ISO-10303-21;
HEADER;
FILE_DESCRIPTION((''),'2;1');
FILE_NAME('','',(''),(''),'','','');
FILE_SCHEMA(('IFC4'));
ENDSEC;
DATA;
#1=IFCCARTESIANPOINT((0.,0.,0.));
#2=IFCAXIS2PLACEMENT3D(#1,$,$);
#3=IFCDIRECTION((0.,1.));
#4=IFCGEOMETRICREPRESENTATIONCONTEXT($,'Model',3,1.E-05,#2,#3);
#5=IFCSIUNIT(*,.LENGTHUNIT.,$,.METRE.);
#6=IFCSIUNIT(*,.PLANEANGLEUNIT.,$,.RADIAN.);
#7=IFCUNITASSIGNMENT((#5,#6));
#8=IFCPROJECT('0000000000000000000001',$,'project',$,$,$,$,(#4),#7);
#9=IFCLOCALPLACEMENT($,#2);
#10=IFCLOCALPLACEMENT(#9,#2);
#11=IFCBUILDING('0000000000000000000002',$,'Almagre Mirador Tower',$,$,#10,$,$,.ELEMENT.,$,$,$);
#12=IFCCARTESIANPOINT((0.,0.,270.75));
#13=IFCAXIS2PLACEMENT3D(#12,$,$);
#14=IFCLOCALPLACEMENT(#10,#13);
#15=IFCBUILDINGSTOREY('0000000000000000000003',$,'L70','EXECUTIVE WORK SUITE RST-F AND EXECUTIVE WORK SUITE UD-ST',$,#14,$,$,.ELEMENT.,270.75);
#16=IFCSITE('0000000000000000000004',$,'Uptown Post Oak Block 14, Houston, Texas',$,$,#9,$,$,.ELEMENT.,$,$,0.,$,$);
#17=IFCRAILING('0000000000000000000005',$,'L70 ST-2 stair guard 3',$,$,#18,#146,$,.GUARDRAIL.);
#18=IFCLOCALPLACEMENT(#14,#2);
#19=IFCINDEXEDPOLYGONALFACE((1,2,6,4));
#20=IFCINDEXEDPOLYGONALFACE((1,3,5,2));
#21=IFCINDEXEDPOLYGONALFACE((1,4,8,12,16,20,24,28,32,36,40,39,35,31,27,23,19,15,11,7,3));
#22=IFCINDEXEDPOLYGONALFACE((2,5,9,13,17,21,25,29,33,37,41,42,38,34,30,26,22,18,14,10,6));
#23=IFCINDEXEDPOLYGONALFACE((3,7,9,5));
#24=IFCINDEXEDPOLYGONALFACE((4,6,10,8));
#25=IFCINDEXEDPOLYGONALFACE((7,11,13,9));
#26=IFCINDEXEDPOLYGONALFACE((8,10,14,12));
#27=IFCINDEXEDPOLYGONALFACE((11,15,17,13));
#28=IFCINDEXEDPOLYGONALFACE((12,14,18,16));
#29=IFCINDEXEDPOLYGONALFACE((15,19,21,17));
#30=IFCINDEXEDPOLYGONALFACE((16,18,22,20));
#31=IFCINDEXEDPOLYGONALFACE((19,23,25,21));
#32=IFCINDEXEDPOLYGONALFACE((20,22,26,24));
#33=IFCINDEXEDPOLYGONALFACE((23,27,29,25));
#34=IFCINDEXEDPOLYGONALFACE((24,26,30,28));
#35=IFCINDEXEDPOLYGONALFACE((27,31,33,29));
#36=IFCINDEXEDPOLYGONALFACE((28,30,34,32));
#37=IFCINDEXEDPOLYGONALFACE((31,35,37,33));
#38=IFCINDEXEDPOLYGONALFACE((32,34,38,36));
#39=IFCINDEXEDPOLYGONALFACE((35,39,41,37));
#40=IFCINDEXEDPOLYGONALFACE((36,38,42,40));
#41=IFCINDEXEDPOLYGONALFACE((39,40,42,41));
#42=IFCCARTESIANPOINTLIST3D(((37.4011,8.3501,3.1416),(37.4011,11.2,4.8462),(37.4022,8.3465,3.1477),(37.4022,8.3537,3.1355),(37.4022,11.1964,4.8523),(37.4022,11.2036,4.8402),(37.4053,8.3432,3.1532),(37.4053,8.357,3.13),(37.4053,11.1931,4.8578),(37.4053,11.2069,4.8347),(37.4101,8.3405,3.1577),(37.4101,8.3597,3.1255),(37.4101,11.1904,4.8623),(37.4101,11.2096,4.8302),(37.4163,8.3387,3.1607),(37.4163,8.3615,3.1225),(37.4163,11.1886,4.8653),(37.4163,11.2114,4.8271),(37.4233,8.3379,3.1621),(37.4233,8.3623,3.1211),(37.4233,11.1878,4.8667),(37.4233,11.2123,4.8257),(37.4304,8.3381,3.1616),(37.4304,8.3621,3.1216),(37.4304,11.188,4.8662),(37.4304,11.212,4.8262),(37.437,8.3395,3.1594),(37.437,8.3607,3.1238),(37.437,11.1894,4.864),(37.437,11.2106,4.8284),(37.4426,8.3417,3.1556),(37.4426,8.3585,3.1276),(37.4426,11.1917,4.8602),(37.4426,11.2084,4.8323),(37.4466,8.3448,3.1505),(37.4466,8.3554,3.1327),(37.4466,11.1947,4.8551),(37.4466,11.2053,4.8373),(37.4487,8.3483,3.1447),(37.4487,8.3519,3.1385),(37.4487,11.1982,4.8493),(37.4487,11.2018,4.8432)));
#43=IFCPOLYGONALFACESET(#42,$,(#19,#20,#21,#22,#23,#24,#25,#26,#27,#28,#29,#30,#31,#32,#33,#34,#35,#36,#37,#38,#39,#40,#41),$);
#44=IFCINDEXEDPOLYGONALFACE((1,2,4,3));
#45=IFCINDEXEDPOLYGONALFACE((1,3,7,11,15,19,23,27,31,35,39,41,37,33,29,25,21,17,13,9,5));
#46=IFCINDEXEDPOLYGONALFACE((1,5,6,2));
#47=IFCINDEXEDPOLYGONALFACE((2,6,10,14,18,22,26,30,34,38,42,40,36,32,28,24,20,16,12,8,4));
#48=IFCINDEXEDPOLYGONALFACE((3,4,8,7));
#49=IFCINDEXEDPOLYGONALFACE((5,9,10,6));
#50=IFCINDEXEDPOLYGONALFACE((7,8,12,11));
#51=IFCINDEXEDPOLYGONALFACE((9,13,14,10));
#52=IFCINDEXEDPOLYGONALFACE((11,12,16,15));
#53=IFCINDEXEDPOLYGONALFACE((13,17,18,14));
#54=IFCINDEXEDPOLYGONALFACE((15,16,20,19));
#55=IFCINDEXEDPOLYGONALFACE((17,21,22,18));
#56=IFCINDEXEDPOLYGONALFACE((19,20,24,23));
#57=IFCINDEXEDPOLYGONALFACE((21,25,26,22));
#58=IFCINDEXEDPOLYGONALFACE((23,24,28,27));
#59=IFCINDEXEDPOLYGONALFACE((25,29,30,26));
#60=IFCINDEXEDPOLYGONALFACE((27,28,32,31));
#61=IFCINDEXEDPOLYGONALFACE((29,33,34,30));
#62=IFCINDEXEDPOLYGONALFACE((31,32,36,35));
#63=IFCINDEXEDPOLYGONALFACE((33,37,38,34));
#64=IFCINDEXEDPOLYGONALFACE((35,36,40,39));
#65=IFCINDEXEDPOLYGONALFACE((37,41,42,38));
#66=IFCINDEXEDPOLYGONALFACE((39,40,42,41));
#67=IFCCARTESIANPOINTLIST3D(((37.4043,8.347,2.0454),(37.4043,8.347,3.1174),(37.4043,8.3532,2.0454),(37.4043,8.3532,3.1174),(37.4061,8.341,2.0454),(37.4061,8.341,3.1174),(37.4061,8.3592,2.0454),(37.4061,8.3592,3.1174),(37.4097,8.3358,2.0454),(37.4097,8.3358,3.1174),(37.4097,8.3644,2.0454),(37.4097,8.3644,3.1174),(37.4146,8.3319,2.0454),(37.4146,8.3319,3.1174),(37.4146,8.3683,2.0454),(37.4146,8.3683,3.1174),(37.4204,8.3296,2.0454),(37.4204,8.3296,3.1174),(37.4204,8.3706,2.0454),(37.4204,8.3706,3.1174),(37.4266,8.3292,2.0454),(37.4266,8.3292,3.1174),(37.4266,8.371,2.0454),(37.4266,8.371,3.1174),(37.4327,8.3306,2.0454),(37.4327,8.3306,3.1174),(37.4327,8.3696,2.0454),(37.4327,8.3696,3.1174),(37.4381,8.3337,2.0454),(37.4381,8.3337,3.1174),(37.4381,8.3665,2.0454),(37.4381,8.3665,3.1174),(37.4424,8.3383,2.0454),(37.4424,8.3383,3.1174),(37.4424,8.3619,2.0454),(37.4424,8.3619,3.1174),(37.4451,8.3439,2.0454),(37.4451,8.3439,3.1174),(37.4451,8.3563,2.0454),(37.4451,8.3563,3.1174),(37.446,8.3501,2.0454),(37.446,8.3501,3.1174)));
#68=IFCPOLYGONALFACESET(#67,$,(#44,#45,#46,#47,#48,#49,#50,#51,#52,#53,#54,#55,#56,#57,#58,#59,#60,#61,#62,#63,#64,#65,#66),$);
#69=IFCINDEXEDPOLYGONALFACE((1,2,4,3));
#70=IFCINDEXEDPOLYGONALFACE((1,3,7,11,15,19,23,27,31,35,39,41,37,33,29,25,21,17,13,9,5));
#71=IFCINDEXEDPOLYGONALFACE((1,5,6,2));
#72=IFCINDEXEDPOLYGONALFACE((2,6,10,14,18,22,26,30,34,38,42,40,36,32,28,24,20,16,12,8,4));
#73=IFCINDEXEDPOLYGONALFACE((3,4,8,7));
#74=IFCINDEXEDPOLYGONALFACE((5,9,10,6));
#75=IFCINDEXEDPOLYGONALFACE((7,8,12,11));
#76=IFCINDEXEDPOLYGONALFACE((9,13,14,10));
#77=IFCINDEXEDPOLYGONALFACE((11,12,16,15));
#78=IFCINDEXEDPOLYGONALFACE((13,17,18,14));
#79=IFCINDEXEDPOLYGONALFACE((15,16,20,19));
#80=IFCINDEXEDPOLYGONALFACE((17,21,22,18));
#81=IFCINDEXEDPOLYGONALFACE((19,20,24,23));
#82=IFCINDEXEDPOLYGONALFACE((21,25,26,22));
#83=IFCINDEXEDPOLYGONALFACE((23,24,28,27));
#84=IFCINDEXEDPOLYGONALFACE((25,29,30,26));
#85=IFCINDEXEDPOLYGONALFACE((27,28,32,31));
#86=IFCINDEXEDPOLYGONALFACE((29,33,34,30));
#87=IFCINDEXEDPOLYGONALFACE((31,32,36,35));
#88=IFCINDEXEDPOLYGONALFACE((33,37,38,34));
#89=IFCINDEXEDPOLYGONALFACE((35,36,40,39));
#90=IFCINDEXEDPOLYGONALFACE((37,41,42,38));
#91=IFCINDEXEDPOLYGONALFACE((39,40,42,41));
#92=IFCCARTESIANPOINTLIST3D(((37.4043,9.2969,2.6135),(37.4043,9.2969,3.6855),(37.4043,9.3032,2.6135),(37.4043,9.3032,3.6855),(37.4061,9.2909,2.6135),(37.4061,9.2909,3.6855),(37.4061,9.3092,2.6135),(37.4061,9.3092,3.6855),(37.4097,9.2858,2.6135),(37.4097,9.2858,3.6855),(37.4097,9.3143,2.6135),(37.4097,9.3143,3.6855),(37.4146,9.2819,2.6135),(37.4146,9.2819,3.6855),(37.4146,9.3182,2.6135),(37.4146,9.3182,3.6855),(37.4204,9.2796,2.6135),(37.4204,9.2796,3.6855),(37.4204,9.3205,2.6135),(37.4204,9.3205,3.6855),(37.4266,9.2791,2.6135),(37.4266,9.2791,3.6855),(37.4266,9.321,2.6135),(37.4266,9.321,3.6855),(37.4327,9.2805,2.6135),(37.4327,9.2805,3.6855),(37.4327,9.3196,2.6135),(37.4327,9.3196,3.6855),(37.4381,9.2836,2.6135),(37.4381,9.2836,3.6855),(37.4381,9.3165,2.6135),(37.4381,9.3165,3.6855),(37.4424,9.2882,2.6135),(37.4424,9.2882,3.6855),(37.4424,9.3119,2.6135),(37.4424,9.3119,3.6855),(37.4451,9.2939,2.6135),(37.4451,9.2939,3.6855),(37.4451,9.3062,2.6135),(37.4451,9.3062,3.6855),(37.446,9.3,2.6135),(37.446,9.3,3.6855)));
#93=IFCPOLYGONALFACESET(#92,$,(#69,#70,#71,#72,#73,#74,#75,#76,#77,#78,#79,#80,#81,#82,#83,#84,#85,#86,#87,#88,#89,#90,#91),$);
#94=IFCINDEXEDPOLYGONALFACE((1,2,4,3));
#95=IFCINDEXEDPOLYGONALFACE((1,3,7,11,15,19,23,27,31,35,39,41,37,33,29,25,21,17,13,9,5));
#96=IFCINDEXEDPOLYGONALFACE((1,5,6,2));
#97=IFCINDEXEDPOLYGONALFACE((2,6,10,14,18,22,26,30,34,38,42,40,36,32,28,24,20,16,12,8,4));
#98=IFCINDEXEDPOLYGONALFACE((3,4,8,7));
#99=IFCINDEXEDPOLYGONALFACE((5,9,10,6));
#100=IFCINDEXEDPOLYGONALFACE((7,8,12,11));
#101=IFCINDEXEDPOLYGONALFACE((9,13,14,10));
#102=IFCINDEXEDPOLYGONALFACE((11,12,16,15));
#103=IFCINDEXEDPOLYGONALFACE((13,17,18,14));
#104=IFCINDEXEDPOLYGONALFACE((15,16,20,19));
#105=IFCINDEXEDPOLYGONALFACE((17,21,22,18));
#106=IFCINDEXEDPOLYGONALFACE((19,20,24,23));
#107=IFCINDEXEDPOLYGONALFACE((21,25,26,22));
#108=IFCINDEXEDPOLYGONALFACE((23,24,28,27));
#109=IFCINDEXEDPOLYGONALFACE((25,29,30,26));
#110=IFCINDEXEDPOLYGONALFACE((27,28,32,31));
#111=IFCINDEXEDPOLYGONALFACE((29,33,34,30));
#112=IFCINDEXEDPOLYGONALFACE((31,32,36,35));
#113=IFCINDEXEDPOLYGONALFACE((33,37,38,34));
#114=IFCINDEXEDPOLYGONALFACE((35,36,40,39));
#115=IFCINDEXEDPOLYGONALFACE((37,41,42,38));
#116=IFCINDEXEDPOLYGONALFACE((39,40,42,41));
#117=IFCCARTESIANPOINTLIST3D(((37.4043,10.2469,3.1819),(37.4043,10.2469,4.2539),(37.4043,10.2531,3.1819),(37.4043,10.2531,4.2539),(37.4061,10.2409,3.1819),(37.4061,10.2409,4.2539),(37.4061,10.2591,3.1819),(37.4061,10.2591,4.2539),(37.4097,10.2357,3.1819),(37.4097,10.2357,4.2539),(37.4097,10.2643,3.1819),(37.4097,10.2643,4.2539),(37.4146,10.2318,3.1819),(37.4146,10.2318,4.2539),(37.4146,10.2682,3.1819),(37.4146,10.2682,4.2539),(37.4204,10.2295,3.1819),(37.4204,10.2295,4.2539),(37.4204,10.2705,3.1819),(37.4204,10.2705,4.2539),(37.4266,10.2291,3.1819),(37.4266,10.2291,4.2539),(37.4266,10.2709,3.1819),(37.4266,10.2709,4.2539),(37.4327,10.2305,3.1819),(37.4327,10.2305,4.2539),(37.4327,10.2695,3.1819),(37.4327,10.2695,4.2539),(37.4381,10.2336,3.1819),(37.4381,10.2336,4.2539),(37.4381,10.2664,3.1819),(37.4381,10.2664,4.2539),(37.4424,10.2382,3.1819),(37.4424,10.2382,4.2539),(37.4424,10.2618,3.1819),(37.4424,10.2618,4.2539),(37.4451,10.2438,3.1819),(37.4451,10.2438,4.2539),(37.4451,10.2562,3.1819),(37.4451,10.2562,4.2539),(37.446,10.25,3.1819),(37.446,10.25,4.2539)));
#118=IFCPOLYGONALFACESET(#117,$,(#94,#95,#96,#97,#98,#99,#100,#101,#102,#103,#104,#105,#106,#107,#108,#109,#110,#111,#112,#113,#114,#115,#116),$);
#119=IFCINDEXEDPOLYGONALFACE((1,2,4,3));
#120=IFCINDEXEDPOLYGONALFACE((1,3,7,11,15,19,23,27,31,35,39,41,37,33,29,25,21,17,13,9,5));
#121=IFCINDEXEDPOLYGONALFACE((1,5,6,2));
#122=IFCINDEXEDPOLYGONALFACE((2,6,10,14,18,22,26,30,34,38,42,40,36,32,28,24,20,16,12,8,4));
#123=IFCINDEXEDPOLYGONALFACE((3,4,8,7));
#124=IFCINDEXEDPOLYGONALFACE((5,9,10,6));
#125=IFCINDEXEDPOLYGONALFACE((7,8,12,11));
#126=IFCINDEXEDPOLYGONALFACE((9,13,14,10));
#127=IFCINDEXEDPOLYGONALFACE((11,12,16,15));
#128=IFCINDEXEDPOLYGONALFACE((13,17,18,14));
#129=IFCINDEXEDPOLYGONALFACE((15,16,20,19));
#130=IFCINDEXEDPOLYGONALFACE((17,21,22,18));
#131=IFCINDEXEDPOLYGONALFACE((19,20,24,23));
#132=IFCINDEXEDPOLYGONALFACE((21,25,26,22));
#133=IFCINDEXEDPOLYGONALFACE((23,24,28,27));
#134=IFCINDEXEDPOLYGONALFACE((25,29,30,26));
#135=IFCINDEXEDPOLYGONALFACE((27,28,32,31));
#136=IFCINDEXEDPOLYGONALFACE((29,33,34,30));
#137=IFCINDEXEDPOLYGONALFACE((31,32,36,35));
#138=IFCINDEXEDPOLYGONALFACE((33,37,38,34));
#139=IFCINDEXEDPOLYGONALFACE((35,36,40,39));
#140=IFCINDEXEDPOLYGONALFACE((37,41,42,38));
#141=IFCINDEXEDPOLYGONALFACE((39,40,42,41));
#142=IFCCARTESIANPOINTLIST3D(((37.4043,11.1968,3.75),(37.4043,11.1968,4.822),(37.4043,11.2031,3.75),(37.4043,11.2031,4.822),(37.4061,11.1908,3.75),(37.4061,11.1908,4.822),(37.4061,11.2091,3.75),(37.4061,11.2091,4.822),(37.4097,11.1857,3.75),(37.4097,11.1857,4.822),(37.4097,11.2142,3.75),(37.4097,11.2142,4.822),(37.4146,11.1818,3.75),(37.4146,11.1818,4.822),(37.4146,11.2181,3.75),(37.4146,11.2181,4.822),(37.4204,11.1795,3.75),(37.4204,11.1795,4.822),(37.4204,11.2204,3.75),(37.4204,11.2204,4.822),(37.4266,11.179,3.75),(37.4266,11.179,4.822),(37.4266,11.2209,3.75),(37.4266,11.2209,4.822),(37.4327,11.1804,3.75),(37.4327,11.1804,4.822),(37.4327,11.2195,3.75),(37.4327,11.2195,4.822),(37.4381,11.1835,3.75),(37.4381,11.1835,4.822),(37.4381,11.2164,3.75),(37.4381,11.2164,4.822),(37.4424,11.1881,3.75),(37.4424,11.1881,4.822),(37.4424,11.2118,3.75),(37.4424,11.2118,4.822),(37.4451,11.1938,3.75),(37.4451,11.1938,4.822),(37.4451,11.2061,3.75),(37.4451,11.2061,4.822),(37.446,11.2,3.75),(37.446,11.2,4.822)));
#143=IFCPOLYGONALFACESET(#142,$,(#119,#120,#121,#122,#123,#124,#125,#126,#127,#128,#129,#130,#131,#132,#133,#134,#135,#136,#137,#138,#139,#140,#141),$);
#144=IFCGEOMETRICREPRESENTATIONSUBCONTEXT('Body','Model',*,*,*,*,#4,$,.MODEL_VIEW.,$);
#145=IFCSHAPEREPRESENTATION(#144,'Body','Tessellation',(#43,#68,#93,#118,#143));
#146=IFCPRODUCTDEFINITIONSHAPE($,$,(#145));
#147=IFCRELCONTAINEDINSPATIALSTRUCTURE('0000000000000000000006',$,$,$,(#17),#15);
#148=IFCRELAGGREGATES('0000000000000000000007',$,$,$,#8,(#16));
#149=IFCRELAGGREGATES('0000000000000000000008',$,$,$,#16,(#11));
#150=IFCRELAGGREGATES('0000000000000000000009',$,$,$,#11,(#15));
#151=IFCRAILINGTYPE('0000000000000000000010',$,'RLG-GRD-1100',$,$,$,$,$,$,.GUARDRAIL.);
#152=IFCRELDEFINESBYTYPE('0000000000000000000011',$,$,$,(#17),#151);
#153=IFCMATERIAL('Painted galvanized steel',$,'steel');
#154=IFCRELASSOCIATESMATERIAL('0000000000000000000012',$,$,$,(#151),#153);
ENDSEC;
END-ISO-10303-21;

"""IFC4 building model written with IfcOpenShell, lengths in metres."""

from ifc_helpers import new_model, si_unit, direction, frame, origin, origin_2d, place, context, subcontext, project, spatial, circle, extrude, material, type_object, element, save


model = new_model("IFC4")

# Units and contexts
model_context = context("Model", 3, precision=1e-05, world=origin(), true_north=direction((0.0, 1.0)))
body_context = subcontext(model_context, "Body", "Model", "MODEL_VIEW")
ifc_project = project(units=[si_unit("LENGTHUNIT", "METRE"), si_unit("PLANEANGLEUNIT", "RADIAN")], contexts=[model_context])

# Site, building, storey
site_placement = place(None, origin())
site = spatial("IfcSite", under=ifc_project, at=site_placement, Name="Uptown Post Oak Block 14, Houston, Texas", CompositionType="ELEMENT", RefElevation=0.0)
building_placement = place(site_placement, origin())
building = spatial("IfcBuilding", under=site, at=building_placement, Name="Almagre Mirador Tower", CompositionType="ELEMENT")
storey_placement = place(building_placement, frame((0.0, 0.0, 270.75)))
storey = spatial("IfcBuildingStorey", under=building, at=storey_placement, Name="L70", Description="EXECUTIVE WORK SUITE RST-F AND EXECUTIVE WORK SUITE UD-ST", CompositionType="ELEMENT", Elevation=270.75)

# Railing
ifc_material_1 = material(Name="Painted galvanized steel", Category="steel")
railing_type_1 = type_object("IfcRailingType", Name="RLG-GRD-1100", PredefinedType="GUARDRAIL", material=ifc_material_1)
railing_1_placement = place(storey_placement, frame((37.425, 8.3501, 2.0454)))
element("IfcRailing", 1, at=railing_1_placement, inside=storey, type_object=railing_type_1, Name="L70 ST-2 stair guard 3", PredefinedType="GUARDRAIL", context=body_context, shape_type="SweptSolid", body=[
    extrude(circle(Radius=0.0239, at=origin_2d()), frame((0.0, 0.0, 1.0962), z_axis=(0.0, 0.858199, 0.513317), x_axis=(-1.0, 0.0, 0.0)), (0.0, 0.0, 1.0), 3.3208),
    extrude(circle(Radius=0.021, at=origin_2d()), origin(), (0.0, 0.0, 1.0), 1.072),
    extrude(circle(Radius=0.021, at=origin_2d()), frame((0.0, 0.95, 0.5681)), (0.0, 0.0, 1.0), 1.072),
    extrude(circle(Radius=0.021, at=origin_2d()), frame((0.0, 1.8999, 1.1365)), (0.0, 0.0, 1.0), 1.072),
    extrude(circle(Radius=0.021, at=origin_2d()), frame((0.0, 2.8499, 1.7046)), (0.0, 0.0, 1.0), 1.072),
])

save(model, "model.ifc")
